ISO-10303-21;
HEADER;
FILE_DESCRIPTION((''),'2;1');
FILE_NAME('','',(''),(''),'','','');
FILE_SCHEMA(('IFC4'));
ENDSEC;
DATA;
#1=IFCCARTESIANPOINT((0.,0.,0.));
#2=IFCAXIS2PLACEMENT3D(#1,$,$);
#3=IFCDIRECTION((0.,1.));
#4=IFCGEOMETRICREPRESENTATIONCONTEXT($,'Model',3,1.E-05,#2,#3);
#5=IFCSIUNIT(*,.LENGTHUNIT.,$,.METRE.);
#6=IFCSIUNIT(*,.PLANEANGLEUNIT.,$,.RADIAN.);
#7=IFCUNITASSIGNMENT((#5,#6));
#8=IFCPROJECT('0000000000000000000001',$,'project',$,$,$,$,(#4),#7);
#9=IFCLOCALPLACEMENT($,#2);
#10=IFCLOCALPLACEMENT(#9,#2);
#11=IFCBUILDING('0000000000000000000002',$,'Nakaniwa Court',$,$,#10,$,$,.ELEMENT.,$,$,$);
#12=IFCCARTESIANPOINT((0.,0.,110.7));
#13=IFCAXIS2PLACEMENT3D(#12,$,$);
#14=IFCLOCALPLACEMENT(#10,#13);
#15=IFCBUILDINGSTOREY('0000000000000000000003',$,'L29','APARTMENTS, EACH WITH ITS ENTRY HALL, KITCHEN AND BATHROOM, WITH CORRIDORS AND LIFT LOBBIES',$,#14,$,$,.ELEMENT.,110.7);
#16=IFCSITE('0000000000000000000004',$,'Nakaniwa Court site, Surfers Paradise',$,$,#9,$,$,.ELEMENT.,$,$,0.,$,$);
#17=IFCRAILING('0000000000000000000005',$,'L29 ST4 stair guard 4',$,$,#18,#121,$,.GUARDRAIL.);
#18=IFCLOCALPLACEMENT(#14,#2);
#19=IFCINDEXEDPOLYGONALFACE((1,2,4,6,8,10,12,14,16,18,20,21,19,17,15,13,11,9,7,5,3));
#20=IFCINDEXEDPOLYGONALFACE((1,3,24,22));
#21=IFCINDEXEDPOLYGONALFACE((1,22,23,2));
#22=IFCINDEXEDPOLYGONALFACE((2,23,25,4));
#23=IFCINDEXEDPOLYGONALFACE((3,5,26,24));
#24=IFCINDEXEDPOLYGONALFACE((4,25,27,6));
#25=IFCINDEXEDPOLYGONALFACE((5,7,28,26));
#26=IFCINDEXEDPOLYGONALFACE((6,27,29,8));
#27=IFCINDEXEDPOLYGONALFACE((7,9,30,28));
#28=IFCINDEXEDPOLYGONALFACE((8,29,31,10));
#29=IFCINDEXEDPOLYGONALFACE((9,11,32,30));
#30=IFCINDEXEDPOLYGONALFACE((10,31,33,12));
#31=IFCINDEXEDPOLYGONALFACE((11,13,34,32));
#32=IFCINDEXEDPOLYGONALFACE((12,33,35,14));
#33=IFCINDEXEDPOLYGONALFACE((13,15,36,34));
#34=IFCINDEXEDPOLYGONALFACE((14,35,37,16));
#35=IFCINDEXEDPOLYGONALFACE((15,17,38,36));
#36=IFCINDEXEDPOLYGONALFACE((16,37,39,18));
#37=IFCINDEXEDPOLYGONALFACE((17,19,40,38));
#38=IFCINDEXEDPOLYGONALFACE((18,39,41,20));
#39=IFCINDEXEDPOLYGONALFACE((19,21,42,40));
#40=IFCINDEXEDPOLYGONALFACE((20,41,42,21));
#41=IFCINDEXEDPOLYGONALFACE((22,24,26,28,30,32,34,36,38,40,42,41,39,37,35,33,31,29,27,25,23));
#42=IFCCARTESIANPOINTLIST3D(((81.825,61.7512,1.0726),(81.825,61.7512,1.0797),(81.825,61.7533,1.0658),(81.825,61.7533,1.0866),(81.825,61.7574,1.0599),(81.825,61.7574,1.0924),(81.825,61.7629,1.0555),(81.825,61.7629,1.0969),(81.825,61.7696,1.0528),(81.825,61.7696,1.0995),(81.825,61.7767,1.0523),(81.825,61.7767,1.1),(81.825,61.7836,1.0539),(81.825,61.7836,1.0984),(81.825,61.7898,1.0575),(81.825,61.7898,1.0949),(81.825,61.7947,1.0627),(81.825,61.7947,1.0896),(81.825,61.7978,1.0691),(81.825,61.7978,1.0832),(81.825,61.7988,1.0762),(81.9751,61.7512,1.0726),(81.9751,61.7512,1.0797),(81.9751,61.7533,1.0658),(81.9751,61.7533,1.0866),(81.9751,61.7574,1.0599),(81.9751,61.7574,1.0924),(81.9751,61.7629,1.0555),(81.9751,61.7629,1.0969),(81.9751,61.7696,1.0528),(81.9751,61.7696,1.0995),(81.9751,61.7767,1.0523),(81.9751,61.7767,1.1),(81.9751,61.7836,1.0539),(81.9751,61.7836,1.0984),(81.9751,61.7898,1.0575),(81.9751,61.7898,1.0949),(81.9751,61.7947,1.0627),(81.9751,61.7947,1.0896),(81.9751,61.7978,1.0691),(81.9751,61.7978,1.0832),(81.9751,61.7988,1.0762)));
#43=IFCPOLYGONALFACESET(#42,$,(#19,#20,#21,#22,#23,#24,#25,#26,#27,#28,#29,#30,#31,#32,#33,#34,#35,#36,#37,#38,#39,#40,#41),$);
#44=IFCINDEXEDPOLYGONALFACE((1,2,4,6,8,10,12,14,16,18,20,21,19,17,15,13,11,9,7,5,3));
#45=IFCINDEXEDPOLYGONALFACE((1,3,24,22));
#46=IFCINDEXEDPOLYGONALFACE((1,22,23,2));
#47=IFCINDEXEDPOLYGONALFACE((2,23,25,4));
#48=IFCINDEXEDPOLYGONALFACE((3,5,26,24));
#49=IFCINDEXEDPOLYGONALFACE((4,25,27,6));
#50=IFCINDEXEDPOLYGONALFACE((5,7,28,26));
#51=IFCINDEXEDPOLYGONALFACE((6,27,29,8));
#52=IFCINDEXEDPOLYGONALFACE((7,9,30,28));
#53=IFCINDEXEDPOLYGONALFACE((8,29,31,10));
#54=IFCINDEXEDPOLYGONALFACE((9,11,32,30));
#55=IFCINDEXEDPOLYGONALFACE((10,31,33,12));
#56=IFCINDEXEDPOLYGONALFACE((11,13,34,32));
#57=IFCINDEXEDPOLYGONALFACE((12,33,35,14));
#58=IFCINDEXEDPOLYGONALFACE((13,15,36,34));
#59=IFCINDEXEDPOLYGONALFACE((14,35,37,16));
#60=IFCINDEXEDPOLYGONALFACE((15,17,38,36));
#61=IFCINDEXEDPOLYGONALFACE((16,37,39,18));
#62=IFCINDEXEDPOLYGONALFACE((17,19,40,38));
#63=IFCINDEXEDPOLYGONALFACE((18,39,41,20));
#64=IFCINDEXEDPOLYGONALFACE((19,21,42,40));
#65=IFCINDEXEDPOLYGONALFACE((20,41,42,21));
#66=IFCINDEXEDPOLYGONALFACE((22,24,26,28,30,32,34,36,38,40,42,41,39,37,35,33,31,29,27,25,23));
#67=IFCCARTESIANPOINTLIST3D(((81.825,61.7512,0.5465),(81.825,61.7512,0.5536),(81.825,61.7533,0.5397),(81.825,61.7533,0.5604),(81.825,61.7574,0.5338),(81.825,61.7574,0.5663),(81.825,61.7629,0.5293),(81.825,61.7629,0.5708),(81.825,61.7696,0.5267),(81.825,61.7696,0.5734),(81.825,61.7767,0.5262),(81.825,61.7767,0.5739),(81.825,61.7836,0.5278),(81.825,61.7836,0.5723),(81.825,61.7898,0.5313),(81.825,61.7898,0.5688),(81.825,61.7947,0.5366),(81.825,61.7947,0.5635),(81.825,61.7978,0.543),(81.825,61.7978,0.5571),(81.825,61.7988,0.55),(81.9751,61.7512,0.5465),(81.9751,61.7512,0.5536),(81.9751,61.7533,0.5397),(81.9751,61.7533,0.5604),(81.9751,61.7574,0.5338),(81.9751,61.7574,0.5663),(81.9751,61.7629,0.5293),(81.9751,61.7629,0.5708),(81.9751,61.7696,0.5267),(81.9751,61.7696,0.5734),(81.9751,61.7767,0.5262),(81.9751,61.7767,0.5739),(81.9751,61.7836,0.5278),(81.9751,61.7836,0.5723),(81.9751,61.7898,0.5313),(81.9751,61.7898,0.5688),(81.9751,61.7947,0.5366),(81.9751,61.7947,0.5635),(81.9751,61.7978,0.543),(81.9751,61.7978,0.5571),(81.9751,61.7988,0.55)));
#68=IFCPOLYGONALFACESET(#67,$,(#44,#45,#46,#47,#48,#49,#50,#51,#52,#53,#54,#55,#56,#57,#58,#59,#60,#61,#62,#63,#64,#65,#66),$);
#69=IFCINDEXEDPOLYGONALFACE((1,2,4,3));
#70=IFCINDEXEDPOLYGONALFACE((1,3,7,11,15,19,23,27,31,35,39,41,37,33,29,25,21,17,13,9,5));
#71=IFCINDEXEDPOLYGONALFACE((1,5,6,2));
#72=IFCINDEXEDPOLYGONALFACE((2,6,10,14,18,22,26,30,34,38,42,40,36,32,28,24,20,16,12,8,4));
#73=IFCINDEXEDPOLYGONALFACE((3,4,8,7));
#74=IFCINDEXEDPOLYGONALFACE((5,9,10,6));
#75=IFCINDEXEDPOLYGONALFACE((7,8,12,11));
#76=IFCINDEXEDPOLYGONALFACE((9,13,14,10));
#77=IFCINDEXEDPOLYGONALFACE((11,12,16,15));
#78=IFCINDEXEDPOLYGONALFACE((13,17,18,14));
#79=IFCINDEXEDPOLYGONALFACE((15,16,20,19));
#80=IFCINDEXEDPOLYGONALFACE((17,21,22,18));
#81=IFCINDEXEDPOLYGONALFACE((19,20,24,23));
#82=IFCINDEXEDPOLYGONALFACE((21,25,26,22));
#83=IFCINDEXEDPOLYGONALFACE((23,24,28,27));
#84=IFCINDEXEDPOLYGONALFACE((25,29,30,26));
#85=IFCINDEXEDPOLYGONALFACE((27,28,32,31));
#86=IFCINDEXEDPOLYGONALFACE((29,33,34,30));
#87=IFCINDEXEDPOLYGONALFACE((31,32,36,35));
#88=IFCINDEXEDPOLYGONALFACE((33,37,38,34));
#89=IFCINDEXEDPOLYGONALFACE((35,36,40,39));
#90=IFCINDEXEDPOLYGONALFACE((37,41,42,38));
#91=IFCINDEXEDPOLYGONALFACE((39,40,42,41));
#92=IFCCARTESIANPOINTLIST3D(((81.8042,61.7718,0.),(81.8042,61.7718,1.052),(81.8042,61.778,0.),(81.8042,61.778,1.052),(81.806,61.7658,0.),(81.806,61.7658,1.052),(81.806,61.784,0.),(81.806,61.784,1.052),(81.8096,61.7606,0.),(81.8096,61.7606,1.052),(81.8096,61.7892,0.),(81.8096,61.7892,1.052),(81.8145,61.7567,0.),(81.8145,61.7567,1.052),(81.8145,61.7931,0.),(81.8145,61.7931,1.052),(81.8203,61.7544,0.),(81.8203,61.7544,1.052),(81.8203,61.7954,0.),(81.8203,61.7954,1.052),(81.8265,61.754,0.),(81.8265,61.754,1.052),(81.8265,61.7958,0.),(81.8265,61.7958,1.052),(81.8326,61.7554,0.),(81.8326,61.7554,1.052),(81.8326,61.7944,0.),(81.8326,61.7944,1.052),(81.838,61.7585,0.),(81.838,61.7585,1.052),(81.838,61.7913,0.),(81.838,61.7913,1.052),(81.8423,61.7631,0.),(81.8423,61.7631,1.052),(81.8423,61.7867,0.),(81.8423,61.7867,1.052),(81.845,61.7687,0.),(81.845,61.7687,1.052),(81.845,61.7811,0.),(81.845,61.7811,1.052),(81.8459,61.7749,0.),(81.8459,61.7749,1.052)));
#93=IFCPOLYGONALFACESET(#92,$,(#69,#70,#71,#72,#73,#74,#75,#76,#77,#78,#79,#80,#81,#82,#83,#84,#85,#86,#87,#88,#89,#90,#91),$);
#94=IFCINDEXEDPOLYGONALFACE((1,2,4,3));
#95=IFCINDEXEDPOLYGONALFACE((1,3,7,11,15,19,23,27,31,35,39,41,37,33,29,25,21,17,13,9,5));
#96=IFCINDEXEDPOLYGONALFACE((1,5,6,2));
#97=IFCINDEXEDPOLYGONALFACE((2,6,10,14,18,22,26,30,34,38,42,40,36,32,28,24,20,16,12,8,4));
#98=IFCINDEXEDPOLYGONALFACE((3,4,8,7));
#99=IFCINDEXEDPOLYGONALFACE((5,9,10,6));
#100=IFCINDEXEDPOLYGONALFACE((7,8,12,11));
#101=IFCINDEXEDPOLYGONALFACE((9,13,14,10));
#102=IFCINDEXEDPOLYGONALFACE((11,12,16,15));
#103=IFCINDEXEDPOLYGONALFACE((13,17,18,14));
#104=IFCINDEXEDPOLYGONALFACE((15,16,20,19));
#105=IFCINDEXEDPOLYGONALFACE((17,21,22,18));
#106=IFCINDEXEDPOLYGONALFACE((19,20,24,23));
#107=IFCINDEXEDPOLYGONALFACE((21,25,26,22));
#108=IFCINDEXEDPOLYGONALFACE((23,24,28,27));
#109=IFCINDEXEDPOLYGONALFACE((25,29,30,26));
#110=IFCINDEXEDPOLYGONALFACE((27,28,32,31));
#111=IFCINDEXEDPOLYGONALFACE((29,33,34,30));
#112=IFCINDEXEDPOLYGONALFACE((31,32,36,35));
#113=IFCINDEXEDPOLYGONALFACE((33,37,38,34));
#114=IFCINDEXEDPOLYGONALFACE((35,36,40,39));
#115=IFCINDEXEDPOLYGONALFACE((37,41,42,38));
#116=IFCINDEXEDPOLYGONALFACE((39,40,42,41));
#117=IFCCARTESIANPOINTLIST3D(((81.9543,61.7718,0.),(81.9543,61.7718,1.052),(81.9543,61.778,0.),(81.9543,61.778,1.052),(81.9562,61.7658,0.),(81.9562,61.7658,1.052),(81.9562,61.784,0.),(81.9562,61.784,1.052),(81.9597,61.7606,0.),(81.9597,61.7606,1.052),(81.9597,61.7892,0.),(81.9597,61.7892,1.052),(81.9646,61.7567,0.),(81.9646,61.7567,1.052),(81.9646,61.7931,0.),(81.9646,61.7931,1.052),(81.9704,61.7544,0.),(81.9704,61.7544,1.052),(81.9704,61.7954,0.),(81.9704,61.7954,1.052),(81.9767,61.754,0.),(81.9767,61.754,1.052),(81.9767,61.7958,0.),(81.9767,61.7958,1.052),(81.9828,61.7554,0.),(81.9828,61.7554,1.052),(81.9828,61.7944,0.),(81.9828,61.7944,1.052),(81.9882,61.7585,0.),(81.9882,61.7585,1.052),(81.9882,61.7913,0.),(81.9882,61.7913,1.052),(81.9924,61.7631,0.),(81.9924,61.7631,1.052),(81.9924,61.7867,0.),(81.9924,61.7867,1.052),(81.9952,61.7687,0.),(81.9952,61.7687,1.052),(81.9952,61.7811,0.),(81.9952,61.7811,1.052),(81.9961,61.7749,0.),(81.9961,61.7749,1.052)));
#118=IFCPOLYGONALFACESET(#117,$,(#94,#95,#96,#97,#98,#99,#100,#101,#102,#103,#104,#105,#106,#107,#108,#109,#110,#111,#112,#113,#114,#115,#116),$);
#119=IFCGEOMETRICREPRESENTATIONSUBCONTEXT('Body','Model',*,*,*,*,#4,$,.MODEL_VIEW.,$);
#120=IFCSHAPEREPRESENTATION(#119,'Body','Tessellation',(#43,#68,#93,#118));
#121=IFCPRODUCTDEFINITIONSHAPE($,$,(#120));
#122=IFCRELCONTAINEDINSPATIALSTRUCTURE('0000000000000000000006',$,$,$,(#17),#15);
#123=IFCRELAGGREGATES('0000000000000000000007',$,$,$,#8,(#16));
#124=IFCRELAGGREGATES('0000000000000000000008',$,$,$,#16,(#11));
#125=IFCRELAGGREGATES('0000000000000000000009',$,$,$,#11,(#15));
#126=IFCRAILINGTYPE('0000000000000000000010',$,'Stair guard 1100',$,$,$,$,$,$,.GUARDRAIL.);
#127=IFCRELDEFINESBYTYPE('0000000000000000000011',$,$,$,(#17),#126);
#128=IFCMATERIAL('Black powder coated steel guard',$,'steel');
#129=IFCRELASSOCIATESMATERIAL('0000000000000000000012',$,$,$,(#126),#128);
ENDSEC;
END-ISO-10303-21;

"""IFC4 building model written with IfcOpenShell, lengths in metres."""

from ifc_helpers import new_model, si_unit, direction, frame, origin, origin_2d, place, context, subcontext, project, spatial, circle, extrude, material, type_object, element, save


model = new_model("IFC4")

# Units and contexts
model_context = context("Model", 3, precision=1e-05, world=origin(), true_north=direction((0.0, 1.0)))
body_context = subcontext(model_context, "Body", "Model", "MODEL_VIEW")
ifc_project = project(units=[si_unit("LENGTHUNIT", "METRE"), si_unit("PLANEANGLEUNIT", "RADIAN")], contexts=[model_context])

# Site, building, storey
site_placement = place(None, origin())
site = spatial("IfcSite", under=ifc_project, at=site_placement, Name="Nakaniwa Court site, Surfers Paradise", CompositionType="ELEMENT", RefElevation=0.0)
building_placement = place(site_placement, origin())
building = spatial("IfcBuilding", under=site, at=building_placement, Name="Nakaniwa Court", CompositionType="ELEMENT")
storey_placement = place(building_placement, frame((0.0, 0.0, 110.7)))
storey = spatial("IfcBuildingStorey", under=building, at=storey_placement, Name="L29", Description="APARTMENTS, EACH WITH ITS ENTRY HALL, KITCHEN AND BATHROOM, WITH CORRIDORS AND LIFT LOBBIES", CompositionType="ELEMENT", Elevation=110.7)

# Railing
ifc_material_1 = material(Name="Black powder coated steel guard", Category="steel")
railing_type_1 = type_object("IfcRailingType", Name="Stair guard 1100", PredefinedType="GUARDRAIL", material=ifc_material_1)
railing_1_placement = place(storey_placement, frame((81.825, 61.7749, 0.0)))
element("IfcRailing", 1, at=railing_1_placement, inside=storey, type_object=railing_type_1, Name="L29 ST4 stair guard 4", PredefinedType="GUARDRAIL", context=body_context, shape_type="SweptSolid", body=[
    extrude(circle(Radius=0.0239, at=origin_2d()), frame((0.0, 0.0, 1.0762), z_axis=(1.0, 0.0, 0.0), x_axis=(0.0, 1.0, 0.0)), (0.0, 0.0, 1.0), 0.1501),
    extrude(circle(Radius=0.0239, at=origin_2d()), frame((0.0, 0.0, 0.55), z_axis=(1.0, 0.0, 0.0), x_axis=(0.0, 1.0, 0.0)), (0.0, 0.0, 1.0), 0.1501),
    extrude(circle(Radius=0.021, at=origin_2d()), origin(), (0.0, 0.0, 1.0), 1.052),
    extrude(circle(Radius=0.021, at=origin_2d()), frame((0.1501, 0.0, 0.0)), (0.0, 0.0, 1.0), 1.052),
])

save(model, "model.ifc")
